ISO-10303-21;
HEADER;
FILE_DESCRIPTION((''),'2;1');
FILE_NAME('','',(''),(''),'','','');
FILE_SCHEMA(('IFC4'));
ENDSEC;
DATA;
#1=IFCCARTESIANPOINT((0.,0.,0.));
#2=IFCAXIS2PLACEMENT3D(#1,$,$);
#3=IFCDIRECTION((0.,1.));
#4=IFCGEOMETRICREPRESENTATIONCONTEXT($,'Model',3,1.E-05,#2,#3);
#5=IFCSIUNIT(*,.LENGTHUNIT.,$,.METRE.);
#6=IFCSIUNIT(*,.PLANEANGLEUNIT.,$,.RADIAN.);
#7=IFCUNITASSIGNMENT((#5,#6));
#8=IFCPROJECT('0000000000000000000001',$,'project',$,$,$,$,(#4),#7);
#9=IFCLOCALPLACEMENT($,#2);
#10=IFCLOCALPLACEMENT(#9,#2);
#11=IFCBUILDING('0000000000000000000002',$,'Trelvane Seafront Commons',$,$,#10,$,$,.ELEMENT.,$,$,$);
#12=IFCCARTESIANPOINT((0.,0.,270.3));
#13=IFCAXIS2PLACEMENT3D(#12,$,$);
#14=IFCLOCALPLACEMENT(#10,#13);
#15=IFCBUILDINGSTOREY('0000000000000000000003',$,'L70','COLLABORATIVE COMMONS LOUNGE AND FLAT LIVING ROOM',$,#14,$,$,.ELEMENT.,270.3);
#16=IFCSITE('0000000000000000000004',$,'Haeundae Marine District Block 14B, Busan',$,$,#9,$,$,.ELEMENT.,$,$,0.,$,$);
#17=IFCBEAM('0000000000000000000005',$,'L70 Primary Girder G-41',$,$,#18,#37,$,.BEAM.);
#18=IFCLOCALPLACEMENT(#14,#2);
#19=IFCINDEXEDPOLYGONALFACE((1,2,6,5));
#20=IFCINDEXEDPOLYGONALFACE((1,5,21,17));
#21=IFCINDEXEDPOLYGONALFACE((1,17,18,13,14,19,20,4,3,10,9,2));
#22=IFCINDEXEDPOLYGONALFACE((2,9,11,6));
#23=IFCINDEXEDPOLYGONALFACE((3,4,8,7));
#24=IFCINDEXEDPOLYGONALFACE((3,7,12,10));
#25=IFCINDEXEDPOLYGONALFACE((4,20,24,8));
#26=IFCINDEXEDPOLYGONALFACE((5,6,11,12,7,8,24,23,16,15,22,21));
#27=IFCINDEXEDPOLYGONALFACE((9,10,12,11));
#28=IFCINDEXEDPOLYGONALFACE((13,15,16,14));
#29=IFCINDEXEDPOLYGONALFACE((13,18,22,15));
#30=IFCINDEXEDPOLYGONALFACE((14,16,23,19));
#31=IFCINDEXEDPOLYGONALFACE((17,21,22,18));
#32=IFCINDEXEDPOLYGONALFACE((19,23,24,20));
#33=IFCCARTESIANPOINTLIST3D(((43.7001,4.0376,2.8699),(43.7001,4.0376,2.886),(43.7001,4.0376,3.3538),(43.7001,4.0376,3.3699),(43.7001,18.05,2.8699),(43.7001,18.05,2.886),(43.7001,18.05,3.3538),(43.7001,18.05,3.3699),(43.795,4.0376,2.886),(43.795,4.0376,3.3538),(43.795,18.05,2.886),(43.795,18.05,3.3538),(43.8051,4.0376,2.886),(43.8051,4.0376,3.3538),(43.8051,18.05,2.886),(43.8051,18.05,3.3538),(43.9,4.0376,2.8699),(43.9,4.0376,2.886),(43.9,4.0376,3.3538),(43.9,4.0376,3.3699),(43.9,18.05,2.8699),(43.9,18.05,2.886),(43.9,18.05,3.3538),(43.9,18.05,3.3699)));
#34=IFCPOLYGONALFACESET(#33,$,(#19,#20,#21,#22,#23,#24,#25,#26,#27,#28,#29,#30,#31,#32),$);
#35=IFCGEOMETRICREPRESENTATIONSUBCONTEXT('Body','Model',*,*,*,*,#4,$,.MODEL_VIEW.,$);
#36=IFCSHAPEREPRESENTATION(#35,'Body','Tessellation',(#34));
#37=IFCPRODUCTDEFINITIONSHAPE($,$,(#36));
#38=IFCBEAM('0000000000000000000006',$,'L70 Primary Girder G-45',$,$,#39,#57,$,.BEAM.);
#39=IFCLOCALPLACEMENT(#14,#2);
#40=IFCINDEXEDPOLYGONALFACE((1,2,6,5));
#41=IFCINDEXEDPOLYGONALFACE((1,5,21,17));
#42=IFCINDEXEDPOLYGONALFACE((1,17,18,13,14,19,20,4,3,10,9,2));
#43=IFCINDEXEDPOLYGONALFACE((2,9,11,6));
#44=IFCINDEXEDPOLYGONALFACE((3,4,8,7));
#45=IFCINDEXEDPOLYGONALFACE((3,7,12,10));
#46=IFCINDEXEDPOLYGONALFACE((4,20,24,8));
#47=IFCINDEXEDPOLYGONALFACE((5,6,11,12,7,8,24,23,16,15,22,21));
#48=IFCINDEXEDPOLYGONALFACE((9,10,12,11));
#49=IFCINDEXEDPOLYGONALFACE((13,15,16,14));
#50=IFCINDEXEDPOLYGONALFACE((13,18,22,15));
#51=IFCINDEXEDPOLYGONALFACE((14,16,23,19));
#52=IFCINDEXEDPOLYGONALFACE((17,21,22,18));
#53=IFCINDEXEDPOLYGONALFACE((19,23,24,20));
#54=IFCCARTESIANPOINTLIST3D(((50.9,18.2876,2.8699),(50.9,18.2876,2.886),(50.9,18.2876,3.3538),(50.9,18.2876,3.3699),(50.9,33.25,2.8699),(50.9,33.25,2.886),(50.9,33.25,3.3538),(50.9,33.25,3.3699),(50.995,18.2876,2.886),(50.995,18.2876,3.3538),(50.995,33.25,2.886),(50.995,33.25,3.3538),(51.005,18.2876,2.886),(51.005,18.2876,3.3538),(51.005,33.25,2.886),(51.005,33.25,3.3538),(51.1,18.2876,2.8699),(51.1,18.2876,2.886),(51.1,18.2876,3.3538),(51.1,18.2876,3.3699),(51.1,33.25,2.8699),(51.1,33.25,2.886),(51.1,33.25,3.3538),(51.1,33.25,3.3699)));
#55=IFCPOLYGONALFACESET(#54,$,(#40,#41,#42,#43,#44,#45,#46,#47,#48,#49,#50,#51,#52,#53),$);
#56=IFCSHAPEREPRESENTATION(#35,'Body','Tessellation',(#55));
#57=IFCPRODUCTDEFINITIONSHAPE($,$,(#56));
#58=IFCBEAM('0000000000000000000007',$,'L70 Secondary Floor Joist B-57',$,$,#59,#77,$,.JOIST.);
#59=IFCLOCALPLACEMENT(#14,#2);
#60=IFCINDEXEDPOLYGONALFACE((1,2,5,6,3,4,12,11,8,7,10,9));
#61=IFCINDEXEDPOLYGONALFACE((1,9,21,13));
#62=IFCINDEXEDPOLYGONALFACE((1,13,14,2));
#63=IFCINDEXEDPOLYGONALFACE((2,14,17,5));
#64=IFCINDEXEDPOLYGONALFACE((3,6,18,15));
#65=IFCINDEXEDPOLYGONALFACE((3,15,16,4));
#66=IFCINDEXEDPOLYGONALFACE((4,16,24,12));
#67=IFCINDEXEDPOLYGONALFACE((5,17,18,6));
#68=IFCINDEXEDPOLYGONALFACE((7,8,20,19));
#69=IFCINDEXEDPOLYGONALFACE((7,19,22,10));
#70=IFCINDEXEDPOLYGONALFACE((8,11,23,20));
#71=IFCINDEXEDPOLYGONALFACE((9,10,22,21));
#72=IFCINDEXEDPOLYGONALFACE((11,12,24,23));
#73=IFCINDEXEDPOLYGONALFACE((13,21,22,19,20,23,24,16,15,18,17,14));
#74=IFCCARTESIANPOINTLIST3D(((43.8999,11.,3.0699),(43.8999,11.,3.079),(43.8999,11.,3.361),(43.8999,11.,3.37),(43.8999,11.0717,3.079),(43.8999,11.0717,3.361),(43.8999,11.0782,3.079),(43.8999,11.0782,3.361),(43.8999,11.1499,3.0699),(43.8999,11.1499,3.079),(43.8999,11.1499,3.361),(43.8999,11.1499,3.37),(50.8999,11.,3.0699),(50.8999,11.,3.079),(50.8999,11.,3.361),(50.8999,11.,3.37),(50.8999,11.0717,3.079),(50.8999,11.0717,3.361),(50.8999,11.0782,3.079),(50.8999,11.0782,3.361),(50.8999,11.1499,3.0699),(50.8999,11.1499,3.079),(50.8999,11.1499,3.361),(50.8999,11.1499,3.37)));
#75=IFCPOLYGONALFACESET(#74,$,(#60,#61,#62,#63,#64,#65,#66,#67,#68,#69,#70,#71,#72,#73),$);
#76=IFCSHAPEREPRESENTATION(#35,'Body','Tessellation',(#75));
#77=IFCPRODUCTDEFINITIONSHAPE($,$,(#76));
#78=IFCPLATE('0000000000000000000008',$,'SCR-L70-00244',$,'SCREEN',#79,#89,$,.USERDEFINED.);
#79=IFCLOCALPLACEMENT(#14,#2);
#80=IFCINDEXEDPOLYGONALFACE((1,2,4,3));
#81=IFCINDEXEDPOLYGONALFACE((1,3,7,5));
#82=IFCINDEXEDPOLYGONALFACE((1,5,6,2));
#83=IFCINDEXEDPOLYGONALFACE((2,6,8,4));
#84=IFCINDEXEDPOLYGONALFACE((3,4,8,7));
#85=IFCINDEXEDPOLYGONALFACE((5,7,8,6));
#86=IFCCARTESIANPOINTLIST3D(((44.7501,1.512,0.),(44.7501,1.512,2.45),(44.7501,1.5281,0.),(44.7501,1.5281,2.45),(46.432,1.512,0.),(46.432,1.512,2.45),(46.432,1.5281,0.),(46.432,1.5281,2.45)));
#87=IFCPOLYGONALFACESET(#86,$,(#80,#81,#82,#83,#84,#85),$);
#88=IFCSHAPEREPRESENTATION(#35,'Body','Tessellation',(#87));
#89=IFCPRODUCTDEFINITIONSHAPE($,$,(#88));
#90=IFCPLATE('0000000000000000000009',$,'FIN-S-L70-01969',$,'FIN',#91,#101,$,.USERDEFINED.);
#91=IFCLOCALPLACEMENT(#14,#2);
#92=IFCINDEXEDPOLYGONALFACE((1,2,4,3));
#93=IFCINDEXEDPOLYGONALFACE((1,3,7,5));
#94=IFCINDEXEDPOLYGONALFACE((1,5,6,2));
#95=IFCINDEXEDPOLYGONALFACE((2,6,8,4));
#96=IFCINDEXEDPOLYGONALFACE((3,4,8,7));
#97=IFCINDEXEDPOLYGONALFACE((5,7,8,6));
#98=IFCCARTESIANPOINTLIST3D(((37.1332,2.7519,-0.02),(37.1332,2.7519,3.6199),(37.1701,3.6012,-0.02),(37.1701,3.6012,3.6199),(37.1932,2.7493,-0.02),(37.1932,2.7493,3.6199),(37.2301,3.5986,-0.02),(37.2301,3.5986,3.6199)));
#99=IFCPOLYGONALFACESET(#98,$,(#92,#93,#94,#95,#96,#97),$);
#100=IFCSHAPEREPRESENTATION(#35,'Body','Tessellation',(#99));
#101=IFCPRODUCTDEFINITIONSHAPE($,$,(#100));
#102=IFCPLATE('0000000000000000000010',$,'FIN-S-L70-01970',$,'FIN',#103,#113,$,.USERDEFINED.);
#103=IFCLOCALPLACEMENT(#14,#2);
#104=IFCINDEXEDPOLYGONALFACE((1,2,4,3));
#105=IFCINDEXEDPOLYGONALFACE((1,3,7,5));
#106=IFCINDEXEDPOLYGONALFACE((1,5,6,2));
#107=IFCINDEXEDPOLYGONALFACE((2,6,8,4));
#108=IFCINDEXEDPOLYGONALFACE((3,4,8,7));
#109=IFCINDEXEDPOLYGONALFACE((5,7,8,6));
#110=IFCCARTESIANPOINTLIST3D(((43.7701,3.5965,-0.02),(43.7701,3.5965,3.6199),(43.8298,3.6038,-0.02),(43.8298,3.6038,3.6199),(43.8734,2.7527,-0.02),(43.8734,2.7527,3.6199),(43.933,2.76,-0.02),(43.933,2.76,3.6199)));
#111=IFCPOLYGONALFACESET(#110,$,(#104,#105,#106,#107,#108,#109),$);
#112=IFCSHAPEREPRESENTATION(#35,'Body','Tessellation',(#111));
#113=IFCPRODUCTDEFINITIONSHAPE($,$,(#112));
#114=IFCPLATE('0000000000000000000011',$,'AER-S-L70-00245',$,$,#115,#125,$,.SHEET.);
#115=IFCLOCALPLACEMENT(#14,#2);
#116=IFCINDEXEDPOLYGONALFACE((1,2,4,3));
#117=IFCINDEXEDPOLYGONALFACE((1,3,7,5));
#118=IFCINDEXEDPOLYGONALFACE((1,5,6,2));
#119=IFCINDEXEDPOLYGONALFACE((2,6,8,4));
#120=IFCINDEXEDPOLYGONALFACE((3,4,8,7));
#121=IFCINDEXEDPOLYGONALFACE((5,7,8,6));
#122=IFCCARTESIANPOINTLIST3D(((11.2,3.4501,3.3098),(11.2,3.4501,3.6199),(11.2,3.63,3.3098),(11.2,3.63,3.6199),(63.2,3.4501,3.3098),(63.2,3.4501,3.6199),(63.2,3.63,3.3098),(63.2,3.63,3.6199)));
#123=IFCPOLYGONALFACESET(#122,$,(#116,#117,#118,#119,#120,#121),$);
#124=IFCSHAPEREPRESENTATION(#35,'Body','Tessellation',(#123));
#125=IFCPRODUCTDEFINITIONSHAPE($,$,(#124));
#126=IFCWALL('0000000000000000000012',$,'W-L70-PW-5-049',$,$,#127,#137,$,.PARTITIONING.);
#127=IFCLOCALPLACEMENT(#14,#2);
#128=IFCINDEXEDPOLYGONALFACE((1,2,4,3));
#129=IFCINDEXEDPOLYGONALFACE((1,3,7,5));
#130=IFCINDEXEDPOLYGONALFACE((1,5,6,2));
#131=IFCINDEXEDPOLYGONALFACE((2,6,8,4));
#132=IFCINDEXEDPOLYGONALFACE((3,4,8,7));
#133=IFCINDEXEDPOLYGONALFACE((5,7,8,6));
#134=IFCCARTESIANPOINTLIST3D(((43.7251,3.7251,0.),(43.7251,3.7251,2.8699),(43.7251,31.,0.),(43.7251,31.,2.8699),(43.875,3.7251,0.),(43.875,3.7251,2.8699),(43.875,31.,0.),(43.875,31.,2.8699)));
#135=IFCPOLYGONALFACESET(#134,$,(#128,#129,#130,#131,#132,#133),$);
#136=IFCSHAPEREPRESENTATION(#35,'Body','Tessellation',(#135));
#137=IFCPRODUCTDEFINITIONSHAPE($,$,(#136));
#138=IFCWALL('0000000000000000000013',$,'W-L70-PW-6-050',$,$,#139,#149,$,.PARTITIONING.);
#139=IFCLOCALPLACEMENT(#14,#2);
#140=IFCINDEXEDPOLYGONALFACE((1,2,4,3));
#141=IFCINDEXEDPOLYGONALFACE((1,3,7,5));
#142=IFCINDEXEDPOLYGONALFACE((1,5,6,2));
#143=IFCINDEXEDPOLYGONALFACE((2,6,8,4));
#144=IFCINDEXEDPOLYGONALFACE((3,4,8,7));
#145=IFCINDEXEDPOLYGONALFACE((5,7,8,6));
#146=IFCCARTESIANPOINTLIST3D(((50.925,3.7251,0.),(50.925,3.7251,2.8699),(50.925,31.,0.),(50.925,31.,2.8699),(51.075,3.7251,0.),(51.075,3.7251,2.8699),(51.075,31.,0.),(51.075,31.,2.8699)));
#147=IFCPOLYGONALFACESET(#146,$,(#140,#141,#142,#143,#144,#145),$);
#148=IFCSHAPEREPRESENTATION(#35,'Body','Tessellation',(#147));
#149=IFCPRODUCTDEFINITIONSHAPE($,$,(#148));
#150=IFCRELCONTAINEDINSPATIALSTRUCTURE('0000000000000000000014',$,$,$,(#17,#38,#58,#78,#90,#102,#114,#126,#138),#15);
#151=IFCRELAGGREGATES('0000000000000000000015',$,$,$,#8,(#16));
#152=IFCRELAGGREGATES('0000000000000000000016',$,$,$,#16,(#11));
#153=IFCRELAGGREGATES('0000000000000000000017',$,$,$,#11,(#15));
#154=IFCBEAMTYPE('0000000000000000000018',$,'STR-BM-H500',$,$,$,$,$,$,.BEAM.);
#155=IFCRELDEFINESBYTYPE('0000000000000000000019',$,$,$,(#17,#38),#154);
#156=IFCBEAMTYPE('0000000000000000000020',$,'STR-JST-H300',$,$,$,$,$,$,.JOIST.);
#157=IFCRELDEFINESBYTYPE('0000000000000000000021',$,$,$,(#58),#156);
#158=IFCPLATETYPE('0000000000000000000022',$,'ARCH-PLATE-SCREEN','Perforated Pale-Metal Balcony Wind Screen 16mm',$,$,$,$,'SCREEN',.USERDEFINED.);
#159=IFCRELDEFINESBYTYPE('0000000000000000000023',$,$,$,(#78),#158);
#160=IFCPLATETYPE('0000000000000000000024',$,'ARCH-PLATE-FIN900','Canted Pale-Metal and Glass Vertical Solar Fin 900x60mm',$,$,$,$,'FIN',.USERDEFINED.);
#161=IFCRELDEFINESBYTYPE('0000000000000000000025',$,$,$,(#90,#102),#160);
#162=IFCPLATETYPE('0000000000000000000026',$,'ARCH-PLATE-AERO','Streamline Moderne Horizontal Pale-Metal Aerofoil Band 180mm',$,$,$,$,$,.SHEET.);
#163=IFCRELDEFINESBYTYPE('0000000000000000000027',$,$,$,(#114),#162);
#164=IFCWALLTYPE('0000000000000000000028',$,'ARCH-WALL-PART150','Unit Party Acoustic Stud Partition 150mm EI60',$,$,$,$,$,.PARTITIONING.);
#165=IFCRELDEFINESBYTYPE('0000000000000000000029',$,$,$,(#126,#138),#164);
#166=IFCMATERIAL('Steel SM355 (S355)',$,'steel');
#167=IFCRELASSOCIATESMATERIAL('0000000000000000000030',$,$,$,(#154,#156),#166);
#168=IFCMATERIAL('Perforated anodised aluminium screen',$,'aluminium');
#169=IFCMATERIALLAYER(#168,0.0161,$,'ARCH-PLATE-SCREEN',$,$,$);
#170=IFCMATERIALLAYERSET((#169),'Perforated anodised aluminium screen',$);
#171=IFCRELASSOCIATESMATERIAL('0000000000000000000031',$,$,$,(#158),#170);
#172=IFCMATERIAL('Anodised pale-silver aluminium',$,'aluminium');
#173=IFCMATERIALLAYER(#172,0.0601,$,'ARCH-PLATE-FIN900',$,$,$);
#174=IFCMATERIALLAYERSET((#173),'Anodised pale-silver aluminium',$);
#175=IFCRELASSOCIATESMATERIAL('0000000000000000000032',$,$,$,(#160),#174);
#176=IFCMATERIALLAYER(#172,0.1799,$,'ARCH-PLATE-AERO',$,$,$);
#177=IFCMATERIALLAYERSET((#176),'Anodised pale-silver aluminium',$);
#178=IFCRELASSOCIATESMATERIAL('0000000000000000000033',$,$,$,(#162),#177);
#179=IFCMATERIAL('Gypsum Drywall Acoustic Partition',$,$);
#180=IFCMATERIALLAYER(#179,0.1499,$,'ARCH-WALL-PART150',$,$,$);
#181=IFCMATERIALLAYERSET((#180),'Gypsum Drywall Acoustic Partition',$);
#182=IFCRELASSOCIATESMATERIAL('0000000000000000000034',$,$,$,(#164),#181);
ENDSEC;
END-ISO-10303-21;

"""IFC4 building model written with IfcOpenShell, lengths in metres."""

from ifc_helpers import new_model, si_unit, direction, frame, frame_2d, origin, origin_2d, place, context, subcontext, project, spatial, rectangle, i_section, extrude, source, transform, mapped, material, layer, layer_set, material_profile, profile_set, type_object, element, save


model = new_model("IFC4")

# Units and contexts
model_context = context("Model", 3, precision=1e-05, world=origin(), true_north=direction((0.0, 1.0)))
body_context = subcontext(model_context, "Body", "Model", "MODEL_VIEW")
ifc_project = project(units=[si_unit("LENGTHUNIT", "METRE"), si_unit("PLANEANGLEUNIT", "RADIAN")], contexts=[model_context])

# Site, building, storey
site_placement = place(None, origin())
site = spatial("IfcSite", under=ifc_project, at=site_placement, Name="Haeundae Marine District Block 14B, Busan", CompositionType="ELEMENT", RefElevation=0.0)
building_placement = place(site_placement, origin())
building = spatial("IfcBuilding", under=site, at=building_placement, Name="Trelvane Seafront Commons", CompositionType="ELEMENT")
storey_placement = place(building_placement, frame((0.0, 0.0, 270.3)))
storey = spatial("IfcBuildingStorey", under=building, at=storey_placement, Name="L70", Description="COLLABORATIVE COMMONS LOUNGE AND FLAT LIVING ROOM", CompositionType="ELEMENT", Elevation=270.3)

# Shared definitions
ifc_material_1 = material(Name="Steel SM355 (S355)", Category="steel")

# Beams
ifc_material_profile_1 = material_profile(ifc_material_1, i_section(OverallWidth=0.2, OverallDepth=0.5, WebThickness=0.01, FlangeThickness=0.0161, at=origin_2d()), Name="H-500x200x10x16")
ifc_profile_set_1 = profile_set([ifc_material_profile_1], Name="Steel SM355 (S355)")
beam_type_1 = type_object("IfcBeamType", Name="STR-BM-H500", PredefinedType="BEAM", material=ifc_profile_set_1)
shared_shape_1 = source(origin(), body_context, "Body", "SweptSolid", [
    extrude(i_section(OverallWidth=0.2, OverallDepth=0.5, WebThickness=0.01, FlangeThickness=0.0161, at=origin_2d()), origin(), (0.0, 0.0, 1.0), 14.0125),
])
beam_1_placement = place(storey_placement, frame((43.8, 4.0376, 3.1199), z_axis=(0.0, 1.0, 0.0), x_axis=(-1.0, 0.0, 0.0)))
element("IfcBeam", 1, at=beam_1_placement, inside=storey, type_object=beam_type_1, Name="L70 Primary Girder G-41", PredefinedType="BEAM", context=body_context, shape_type="MappedRepresentation", body=[
    mapped(shared_shape_1, transform((0.0, 0.0, 0.0), x_axis=(1.0, 0.0, 0.0), y_axis=(0.0, 1.0, 0.0), z_axis=(0.0, 0.0, 1.0), scale=1.0)),
])
shared_shape_2 = source(origin(), body_context, "Body", "SweptSolid", [
    extrude(i_section(OverallWidth=0.2, OverallDepth=0.5, WebThickness=0.01, FlangeThickness=0.0161, at=origin_2d()), origin(), (0.0, 0.0, 1.0), 14.9624),
])
beam_2_placement = place(storey_placement, frame((51.0, 18.2876, 3.1199), z_axis=(0.0, 1.0, 0.0), x_axis=(-1.0, 0.0, 0.0)))
element("IfcBeam", 2, at=beam_2_placement, inside=storey, type_object=beam_type_1, Name="L70 Primary Girder G-45", PredefinedType="BEAM", context=body_context, shape_type="MappedRepresentation", body=[
    mapped(shared_shape_2, transform((0.0, 0.0, 0.0), x_axis=(1.0, 0.0, 0.0), y_axis=(0.0, 1.0, 0.0), z_axis=(0.0, 0.0, 1.0), scale=1.0)),
])
ifc_material_profile_2 = material_profile(ifc_material_1, i_section(OverallWidth=0.1499, OverallDepth=0.3, WebThickness=0.0066, FlangeThickness=0.009, at=origin_2d()), Name="H-300x150x6.5x9")
ifc_profile_set_2 = profile_set([ifc_material_profile_2], Name="Steel SM355 (S355)")
beam_type_2 = type_object("IfcBeamType", Name="STR-JST-H300", PredefinedType="JOIST", material=ifc_profile_set_2)
shared_shape_3 = source(origin(), body_context, "Body", "SweptSolid", [
    extrude(i_section(OverallWidth=0.1499, OverallDepth=0.3, WebThickness=0.0066, FlangeThickness=0.009, at=origin_2d()), origin(), (0.0, 0.0, 1.0), 7.0),
])
beam_3_placement = place(storey_placement, frame((43.8999, 11.075, 3.22), z_axis=(1.0, 0.0, 0.0), x_axis=(0.0, 1.0, 0.0)))
element("IfcBeam", 3, at=beam_3_placement, inside=storey, type_object=beam_type_2, Name="L70 Secondary Floor Joist B-57", PredefinedType="JOIST", context=body_context, shape_type="MappedRepresentation", body=[
    mapped(shared_shape_3, transform((0.0, 0.0, 0.0), x_axis=(1.0, 0.0, 0.0), y_axis=(0.0, 1.0, 0.0), z_axis=(0.0, 0.0, 1.0), scale=1.0)),
])

# Plates
ifc_material_2 = material(Name="Perforated anodised aluminium screen", Category="aluminium")
ifc_layer_1 = layer(ifc_material_2, 0.0161, Name="ARCH-PLATE-SCREEN")
ifc_layer_set_1 = layer_set([ifc_layer_1], Name="Perforated anodised aluminium screen")
plate_type_1 = type_object("IfcPlateType", Name="ARCH-PLATE-SCREEN", Description="Perforated Pale-Metal Balcony Wind Screen 16mm", ElementType="SCREEN", PredefinedType="USERDEFINED", material=ifc_layer_set_1)
shared_shape_4 = source(origin(), body_context, "Body", "SweptSolid", [
    extrude(rectangle(XDim=1.6819, YDim=0.0161, at=origin_2d()), origin(), (0.0, 0.0, 1.0), 2.45),
])
plate_1_placement = place(storey_placement, frame((45.5911, 1.52, 0.0), z_axis=(0.0, 0.0, 1.0), x_axis=(1.0, 0.0, 0.0)))
element("IfcPlate", 4, at=plate_1_placement, inside=storey, type_object=plate_type_1, Name="SCR-L70-00244", ObjectType="SCREEN", PredefinedType="USERDEFINED", context=body_context, shape_type="MappedRepresentation", body=[
    mapped(shared_shape_4, transform((0.0, 0.0, 0.0), x_axis=(1.0, 0.0, 0.0), y_axis=(0.0, 1.0, 0.0), z_axis=(0.0, 0.0, 1.0), scale=1.0)),
])
ifc_material_3 = material(Name="Anodised pale-silver aluminium", Category="aluminium")
ifc_layer_2 = layer(ifc_material_3, 0.0601, Name="ARCH-PLATE-FIN900")
ifc_layer_set_2 = layer_set([ifc_layer_2], Name="Anodised pale-silver aluminium")
plate_type_2 = type_object("IfcPlateType", Name="ARCH-PLATE-FIN900", Description="Canted Pale-Metal and Glass Vertical Solar Fin 900x60mm", ElementType="FIN", PredefinedType="USERDEFINED", material=ifc_layer_set_2)
shared_shape_5 = source(origin(), body_context, "Body", "SweptSolid", [
    extrude(rectangle(XDim=0.8501, YDim=0.0601, at=origin_2d()), origin(), (0.0, 0.0, 1.0), 3.6399),
])
for number, where, z_axis, x_axis, name in (
    (5, (37.1816, 3.1753, -0.02), (0.0, 0.0, 1.0), (-0.043412, -0.999057, 0.0), "FIN-S-L70-01969"),
    (6, (43.8516, 3.1782, -0.02), (0.0, 0.0, 1.0), (0.121414, -0.992602, 0.0), "FIN-S-L70-01970"),
):
    element("IfcPlate", number, at=place(storey_placement, frame(where, z_axis=z_axis, x_axis=x_axis)), inside=storey, type_object=plate_type_2, Name=name, ObjectType="FIN", PredefinedType="USERDEFINED", context=body_context, shape_type="MappedRepresentation", body=[
        mapped(shared_shape_5, transform((0.0, 0.0, 0.0), x_axis=(1.0, 0.0, 0.0), y_axis=(0.0, 1.0, 0.0), z_axis=(0.0, 0.0, 1.0), scale=1.0)),
    ])
ifc_layer_3 = layer(ifc_material_3, 0.1799, Name="ARCH-PLATE-AERO")
ifc_layer_set_3 = layer_set([ifc_layer_3], Name="Anodised pale-silver aluminium")
plate_type_3 = type_object("IfcPlateType", Name="ARCH-PLATE-AERO", Description="Streamline Moderne Horizontal Pale-Metal Aerofoil Band 180mm", PredefinedType="SHEET", material=ifc_layer_set_3)
shared_shape_6 = source(origin(), body_context, "Body", "SweptSolid", [
    extrude(rectangle(XDim=52.0, YDim=0.1799, at=origin_2d()), origin(), (0.0, 0.0, 1.0), 0.3101),
])
plate_2_placement = place(storey_placement, frame((37.2, 3.54, 3.3098), z_axis=(0.0, 0.0, 1.0), x_axis=(-1.0, 0.0, 0.0)))
element("IfcPlate", 7, at=plate_2_placement, inside=storey, type_object=plate_type_3, Name="AER-S-L70-00245", PredefinedType="SHEET", context=body_context, shape_type="MappedRepresentation", body=[
    mapped(shared_shape_6, transform((0.0, 0.0, 0.0), x_axis=(1.0, 0.0, 0.0), y_axis=(0.0, 1.0, 0.0), z_axis=(0.0, 0.0, 1.0), scale=1.0)),
])

# Walls
ifc_material_4 = material(Name="Gypsum Drywall Acoustic Partition")
ifc_layer_4 = layer(ifc_material_4, 0.1499, Name="ARCH-WALL-PART150")
ifc_layer_set_4 = layer_set([ifc_layer_4], Name="Gypsum Drywall Acoustic Partition")
wall_type = type_object("IfcWallType", Name="ARCH-WALL-PART150", Description="Unit Party Acoustic Stud Partition 150mm EI60", PredefinedType="PARTITIONING", material=ifc_layer_set_4)
for number, where, z_axis, x_axis, name in (
    (8, (43.8, 3.7251, 0.0), (0.0, 0.0, 1.0), (0.0, 1.0, 0.0), "W-L70-PW-5-049"),
    (9, (51.0, 3.7251, 0.0), (0.0, 0.0, 1.0), (0.0, 1.0, 0.0), "W-L70-PW-6-050"),
):
    element("IfcWall", number, at=place(storey_placement, frame(where, z_axis=z_axis, x_axis=x_axis)), inside=storey, type_object=wall_type, Name=name, PredefinedType="PARTITIONING", context=body_context, shape_type="SweptSolid", body=[
        extrude(rectangle(XDim=27.2749, YDim=0.1499, at=frame_2d((13.6375, 0.0))), origin(), (0.0, 0.0, 1.0), 2.8699),
    ])

save(model, "model.ifc")
